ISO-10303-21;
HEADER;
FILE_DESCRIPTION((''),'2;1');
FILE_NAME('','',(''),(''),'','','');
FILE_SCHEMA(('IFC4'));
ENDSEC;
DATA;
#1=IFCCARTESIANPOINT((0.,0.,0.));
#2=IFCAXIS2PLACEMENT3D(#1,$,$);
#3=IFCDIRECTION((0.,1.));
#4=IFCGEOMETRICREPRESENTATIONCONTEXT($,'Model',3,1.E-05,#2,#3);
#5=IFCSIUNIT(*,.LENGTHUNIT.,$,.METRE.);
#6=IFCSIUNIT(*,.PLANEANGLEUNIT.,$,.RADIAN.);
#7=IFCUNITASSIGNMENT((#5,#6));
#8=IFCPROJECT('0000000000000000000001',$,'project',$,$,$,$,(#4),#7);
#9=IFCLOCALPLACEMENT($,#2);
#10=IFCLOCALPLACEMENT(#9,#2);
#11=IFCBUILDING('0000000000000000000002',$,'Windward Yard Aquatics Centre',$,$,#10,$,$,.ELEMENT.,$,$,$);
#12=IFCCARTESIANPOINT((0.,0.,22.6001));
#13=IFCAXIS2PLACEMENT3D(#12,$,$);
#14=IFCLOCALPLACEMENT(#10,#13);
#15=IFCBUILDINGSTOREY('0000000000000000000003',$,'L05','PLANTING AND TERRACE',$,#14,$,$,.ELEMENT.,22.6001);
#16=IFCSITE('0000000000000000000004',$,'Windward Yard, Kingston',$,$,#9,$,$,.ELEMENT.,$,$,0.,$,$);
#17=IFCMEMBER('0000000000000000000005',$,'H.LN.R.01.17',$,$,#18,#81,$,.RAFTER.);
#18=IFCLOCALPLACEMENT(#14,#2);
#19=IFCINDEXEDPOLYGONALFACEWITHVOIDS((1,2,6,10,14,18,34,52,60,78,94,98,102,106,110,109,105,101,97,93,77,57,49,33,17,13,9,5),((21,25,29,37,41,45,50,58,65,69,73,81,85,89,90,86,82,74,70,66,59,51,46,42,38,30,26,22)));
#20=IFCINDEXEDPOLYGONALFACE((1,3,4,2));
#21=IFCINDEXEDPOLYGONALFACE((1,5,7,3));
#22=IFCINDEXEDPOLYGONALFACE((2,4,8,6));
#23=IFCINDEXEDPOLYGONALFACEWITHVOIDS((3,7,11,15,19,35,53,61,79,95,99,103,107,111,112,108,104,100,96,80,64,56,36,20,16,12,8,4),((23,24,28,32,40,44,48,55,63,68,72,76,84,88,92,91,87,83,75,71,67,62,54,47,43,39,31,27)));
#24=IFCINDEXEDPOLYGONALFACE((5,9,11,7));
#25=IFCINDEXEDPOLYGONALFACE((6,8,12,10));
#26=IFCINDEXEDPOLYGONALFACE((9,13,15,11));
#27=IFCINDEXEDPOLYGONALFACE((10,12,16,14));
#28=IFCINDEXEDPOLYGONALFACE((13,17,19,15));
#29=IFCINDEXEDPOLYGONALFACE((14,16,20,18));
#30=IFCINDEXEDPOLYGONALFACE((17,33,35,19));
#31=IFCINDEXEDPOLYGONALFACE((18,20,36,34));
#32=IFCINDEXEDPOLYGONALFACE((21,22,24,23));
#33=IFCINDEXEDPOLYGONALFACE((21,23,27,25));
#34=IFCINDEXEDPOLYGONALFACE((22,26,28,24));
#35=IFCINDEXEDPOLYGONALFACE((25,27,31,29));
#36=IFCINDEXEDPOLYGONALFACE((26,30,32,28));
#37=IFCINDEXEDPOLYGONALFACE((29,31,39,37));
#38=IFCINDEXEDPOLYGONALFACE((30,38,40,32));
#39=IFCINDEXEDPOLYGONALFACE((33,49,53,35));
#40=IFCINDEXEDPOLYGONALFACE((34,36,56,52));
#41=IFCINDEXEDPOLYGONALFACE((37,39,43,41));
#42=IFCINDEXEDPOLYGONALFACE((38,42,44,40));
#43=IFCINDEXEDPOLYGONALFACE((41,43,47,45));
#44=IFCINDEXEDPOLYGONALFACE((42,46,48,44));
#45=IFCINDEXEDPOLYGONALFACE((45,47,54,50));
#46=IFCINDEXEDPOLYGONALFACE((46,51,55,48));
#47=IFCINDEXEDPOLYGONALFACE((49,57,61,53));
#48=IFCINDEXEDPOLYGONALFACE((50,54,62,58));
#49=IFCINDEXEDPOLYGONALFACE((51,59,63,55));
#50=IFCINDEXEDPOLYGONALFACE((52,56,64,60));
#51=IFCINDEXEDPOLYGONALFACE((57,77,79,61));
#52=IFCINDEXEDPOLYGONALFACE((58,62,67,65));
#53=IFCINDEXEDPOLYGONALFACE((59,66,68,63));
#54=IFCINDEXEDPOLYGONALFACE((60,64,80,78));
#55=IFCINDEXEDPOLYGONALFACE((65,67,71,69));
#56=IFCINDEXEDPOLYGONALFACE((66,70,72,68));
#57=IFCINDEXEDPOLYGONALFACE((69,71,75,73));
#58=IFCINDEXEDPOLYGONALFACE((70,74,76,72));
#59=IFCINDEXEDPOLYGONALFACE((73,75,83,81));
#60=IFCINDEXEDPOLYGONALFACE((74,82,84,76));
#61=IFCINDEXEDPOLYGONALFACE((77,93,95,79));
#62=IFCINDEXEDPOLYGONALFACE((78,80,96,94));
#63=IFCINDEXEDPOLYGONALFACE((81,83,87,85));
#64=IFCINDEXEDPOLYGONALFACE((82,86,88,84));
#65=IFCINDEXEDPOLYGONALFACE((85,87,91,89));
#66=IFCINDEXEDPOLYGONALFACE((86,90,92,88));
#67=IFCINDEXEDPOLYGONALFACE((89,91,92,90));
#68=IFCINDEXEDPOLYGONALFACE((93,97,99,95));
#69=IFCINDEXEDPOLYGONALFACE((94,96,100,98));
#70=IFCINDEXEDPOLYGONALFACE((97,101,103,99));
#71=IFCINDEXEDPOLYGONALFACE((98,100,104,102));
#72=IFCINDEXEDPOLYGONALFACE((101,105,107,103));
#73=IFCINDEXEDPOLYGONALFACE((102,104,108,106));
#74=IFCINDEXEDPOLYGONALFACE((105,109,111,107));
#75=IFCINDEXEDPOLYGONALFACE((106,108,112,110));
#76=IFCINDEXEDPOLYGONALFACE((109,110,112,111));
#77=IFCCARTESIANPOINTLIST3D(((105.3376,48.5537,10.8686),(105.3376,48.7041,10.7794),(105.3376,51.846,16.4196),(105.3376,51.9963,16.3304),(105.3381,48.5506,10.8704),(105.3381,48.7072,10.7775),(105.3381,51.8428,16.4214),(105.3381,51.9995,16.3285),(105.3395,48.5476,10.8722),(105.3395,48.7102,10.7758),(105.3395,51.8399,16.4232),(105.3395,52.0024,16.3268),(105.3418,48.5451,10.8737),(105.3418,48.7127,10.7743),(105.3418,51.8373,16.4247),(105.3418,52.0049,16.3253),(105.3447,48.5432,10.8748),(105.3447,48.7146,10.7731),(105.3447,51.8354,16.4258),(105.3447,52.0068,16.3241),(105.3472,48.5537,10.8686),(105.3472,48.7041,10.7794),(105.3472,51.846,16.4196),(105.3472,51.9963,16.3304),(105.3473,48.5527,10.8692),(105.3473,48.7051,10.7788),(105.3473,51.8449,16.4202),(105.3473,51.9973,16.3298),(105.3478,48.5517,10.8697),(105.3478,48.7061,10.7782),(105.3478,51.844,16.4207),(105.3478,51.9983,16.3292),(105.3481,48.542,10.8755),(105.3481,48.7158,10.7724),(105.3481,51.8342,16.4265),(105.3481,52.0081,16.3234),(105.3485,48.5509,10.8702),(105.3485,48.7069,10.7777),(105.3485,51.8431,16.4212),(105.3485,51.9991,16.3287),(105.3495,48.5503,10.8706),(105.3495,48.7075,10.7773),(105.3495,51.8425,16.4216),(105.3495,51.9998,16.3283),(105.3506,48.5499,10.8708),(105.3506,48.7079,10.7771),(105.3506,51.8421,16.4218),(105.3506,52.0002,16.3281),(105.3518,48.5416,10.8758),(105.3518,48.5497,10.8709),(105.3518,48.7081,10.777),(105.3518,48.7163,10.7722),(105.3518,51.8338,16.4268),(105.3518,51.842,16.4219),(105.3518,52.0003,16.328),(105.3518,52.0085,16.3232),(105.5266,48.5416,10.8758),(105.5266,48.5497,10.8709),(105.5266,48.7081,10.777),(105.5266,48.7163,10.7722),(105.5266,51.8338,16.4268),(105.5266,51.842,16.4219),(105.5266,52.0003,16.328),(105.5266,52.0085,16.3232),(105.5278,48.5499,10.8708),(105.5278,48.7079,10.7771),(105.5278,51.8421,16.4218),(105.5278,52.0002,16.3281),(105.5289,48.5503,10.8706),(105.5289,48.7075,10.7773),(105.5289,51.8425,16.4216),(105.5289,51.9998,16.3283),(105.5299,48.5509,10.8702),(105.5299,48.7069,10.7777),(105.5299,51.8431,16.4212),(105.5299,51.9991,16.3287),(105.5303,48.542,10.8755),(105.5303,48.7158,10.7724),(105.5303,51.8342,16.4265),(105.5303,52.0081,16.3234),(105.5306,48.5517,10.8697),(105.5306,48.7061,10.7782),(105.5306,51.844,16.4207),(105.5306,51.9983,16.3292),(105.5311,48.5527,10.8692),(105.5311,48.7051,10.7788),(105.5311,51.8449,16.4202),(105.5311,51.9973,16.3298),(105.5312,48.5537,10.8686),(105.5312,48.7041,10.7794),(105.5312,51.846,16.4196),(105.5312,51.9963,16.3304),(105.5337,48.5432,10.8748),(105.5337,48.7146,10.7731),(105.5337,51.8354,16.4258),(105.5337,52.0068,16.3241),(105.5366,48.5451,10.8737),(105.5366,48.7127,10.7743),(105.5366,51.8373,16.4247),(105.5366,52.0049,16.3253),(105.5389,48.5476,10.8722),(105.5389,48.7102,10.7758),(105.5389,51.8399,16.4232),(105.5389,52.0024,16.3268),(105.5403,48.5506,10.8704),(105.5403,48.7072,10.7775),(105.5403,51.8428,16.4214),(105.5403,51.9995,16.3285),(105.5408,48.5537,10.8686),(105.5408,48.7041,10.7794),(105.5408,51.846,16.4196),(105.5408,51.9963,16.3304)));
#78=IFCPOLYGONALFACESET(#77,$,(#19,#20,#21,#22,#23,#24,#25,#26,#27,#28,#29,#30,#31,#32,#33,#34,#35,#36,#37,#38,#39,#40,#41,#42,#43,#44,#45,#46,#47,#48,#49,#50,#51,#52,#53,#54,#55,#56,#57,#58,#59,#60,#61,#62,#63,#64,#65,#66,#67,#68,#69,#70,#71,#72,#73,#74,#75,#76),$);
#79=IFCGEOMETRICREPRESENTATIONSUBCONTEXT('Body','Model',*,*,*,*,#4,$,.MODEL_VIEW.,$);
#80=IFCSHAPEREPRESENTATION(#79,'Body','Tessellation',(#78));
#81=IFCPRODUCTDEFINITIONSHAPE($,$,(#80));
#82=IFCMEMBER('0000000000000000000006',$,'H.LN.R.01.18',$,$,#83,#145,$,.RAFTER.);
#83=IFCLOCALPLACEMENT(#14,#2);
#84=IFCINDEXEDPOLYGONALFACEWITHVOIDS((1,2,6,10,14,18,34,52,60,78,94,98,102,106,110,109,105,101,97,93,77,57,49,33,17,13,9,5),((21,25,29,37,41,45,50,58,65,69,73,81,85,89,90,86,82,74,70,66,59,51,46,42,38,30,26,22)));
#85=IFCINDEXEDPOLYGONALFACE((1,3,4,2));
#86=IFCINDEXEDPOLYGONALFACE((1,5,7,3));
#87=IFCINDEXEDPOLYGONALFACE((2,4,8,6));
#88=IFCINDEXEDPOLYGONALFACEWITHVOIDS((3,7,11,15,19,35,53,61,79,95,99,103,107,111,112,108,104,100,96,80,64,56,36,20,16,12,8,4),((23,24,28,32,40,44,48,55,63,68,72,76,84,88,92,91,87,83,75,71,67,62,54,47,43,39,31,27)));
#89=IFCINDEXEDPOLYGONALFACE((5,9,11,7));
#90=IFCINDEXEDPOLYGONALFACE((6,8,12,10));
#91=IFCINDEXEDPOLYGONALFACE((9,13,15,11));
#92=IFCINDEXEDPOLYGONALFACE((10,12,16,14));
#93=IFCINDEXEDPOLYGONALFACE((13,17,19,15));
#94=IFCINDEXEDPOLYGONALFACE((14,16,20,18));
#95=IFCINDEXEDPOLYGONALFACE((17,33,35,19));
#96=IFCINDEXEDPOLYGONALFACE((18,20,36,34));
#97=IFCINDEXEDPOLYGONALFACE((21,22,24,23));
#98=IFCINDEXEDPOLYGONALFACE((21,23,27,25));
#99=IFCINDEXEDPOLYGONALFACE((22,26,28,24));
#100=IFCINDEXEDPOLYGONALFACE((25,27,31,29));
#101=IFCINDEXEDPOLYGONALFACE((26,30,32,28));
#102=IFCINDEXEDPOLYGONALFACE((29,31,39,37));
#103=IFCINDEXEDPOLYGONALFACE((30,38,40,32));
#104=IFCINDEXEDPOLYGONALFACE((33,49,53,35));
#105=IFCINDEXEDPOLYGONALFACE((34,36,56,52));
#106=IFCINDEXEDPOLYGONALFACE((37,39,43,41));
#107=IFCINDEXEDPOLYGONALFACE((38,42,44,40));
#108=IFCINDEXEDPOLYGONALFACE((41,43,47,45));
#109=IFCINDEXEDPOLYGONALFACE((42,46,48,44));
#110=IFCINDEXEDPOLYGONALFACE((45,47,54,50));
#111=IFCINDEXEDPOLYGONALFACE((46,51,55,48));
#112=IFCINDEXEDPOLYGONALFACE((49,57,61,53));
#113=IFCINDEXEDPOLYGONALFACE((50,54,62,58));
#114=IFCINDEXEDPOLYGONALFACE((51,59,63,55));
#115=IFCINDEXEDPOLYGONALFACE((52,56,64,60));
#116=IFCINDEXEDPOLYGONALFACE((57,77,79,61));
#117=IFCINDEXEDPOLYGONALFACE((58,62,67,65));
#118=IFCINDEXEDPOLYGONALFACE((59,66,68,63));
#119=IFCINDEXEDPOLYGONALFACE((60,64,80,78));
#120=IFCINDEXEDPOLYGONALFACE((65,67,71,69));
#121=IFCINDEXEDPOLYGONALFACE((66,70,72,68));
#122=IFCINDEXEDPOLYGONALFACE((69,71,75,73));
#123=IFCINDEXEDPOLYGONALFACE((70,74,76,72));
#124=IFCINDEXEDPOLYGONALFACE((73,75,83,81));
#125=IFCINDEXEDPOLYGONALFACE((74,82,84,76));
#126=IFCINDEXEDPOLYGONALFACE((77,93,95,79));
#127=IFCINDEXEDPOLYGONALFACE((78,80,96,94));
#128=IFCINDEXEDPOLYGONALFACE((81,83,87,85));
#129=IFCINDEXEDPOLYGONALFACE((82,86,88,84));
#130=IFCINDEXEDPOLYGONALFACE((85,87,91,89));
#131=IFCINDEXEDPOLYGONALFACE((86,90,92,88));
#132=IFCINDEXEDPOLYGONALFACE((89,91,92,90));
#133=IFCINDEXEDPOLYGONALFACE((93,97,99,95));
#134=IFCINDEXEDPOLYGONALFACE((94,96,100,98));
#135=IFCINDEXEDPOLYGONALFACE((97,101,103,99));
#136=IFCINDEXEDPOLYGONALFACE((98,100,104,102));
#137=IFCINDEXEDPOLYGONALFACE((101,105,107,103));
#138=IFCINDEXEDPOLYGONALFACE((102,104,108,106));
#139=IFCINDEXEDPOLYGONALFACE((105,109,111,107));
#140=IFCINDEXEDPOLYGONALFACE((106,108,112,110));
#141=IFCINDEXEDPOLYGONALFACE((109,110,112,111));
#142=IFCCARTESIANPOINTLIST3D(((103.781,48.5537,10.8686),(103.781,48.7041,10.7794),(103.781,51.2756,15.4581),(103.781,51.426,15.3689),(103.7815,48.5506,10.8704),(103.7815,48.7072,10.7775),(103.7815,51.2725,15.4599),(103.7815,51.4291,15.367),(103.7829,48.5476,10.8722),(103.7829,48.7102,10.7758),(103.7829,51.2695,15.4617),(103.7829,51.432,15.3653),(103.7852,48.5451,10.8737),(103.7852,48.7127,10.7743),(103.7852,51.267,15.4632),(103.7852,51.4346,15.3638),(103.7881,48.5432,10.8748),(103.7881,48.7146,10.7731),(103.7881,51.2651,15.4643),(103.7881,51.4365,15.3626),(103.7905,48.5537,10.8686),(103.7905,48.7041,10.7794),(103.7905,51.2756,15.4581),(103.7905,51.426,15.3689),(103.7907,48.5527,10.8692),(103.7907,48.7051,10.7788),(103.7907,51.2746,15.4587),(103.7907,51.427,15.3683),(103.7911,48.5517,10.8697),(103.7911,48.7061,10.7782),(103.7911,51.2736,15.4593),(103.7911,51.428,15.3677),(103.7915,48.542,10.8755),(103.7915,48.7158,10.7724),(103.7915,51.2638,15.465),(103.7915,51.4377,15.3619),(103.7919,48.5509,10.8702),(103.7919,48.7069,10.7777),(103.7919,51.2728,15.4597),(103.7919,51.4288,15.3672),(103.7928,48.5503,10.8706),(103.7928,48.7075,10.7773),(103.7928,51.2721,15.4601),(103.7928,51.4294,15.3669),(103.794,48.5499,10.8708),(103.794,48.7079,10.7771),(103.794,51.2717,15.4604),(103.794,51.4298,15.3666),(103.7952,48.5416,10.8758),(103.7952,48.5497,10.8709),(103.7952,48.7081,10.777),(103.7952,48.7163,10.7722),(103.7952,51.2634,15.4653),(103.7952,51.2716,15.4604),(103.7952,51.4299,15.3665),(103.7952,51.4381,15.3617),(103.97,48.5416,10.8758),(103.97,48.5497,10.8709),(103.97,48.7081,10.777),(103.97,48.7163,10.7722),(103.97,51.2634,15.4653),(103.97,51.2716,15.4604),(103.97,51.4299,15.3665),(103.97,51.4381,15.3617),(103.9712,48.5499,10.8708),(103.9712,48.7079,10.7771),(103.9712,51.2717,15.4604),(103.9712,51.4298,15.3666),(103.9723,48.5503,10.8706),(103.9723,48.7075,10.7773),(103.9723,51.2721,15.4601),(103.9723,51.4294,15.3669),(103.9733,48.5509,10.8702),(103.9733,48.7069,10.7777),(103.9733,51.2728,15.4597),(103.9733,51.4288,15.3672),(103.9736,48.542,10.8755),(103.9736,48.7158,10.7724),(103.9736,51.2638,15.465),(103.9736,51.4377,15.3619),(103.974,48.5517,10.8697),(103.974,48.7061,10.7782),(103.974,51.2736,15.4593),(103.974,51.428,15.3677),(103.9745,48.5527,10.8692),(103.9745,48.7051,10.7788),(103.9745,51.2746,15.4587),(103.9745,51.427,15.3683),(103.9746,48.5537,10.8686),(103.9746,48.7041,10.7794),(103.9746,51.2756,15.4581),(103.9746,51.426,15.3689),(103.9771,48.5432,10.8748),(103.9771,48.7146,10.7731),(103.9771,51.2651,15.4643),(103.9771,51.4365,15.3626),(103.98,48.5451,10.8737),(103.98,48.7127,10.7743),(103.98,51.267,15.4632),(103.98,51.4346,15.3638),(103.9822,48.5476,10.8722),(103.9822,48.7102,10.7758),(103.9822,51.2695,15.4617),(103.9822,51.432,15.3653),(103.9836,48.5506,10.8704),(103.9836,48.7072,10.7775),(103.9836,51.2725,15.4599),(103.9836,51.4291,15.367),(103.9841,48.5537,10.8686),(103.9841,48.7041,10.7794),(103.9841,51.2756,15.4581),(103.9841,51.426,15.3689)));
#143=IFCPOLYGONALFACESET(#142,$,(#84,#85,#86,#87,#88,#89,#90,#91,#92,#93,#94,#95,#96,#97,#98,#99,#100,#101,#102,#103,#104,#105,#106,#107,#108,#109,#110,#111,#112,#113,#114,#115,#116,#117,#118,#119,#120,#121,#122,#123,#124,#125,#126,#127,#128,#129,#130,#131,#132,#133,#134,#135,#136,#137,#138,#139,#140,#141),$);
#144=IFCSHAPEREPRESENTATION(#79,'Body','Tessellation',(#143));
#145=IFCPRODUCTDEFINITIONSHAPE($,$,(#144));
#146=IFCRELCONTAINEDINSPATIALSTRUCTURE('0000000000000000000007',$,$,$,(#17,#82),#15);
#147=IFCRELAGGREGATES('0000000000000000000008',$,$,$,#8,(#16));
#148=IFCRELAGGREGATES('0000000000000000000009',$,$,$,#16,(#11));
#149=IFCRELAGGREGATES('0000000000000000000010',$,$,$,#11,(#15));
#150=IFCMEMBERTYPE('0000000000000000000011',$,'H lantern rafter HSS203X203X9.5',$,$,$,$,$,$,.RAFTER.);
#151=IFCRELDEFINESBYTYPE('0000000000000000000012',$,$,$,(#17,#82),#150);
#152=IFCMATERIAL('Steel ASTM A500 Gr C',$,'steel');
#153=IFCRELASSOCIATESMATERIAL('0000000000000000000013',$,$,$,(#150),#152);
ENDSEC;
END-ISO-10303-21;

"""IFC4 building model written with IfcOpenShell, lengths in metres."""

from ifc_helpers import new_model, si_unit, direction, frame, origin, origin_2d, place, context, subcontext, project, spatial, hollow_rectangle, extrude, material, material_profile, profile_set, type_object, element, save


model = new_model("IFC4")

# Units and contexts
model_context = context("Model", 3, precision=1e-05, world=origin(), true_north=direction((0.0, 1.0)))
body_context = subcontext(model_context, "Body", "Model", "MODEL_VIEW")
ifc_project = project(units=[si_unit("LENGTHUNIT", "METRE"), si_unit("PLANEANGLEUNIT", "RADIAN")], contexts=[model_context])

# Site, building, storey
site_placement = place(None, origin())
site = spatial("IfcSite", under=ifc_project, at=site_placement, Name="Windward Yard, Kingston", CompositionType="ELEMENT", RefElevation=0.0)
building_placement = place(site_placement, origin())
building = spatial("IfcBuilding", under=site, at=building_placement, Name="Windward Yard Aquatics Centre", CompositionType="ELEMENT")
storey_placement = place(building_placement, frame((0.0, 0.0, 22.6001)))
storey = spatial("IfcBuildingStorey", under=building, at=storey_placement, Name="L05", Description="PLANTING AND TERRACE", CompositionType="ELEMENT", Elevation=22.6001)

# Members
ifc_material_1 = material(Name="Steel ASTM A500 Gr C", Category="steel")
ifc_material_profile_1 = material_profile(ifc_material_1, hollow_rectangle(XDim=0.2031, YDim=0.2031, WallThickness=0.0095, InnerFilletRadius=0.0046, OuterFilletRadius=0.0142, at=origin_2d()), Name="HSS203X203X9.5")
ifc_profile_set_1 = profile_set([ifc_material_profile_1], Name="Steel ASTM A500 Gr C")
member_type_1 = type_object("IfcMemberType", Name="H lantern rafter HSS203X203X9.5", PredefinedType="RAFTER", material=ifc_profile_set_1)
member_1_placement = place(storey_placement, frame((105.4392, 48.6289, 10.824), z_axis=(0.0, 0.510117, 0.860105), x_axis=(-1.0, 0.0, 0.0)))
element("IfcMember", 1, at=member_1_placement, inside=storey, type_object=member_type_1, Name="H.LN.R.01.17", PredefinedType="RAFTER", context=body_context, shape_type="SweptSolid", body=[
    extrude(hollow_rectangle(XDim=0.2031, YDim=0.2031, WallThickness=0.0095, InnerFilletRadius=0.0046, OuterFilletRadius=0.0142, at=origin_2d()), origin(), (0.0, 0.0, 1.0), 6.4539),
])
member_2_placement = place(storey_placement, frame((103.8826, 48.6289, 10.824), z_axis=(0.0, 0.510102, 0.860114), x_axis=(-1.0, 0.0, 0.0)))
element("IfcMember", 2, at=member_2_placement, inside=storey, type_object=member_type_1, Name="H.LN.R.01.18", PredefinedType="RAFTER", context=body_context, shape_type="SweptSolid", body=[
    extrude(hollow_rectangle(XDim=0.2031, YDim=0.2031, WallThickness=0.0095, InnerFilletRadius=0.0046, OuterFilletRadius=0.0142, at=origin_2d()), origin(), (0.0, 0.0, 1.0), 5.3359),
])

save(model, "model.ifc")
